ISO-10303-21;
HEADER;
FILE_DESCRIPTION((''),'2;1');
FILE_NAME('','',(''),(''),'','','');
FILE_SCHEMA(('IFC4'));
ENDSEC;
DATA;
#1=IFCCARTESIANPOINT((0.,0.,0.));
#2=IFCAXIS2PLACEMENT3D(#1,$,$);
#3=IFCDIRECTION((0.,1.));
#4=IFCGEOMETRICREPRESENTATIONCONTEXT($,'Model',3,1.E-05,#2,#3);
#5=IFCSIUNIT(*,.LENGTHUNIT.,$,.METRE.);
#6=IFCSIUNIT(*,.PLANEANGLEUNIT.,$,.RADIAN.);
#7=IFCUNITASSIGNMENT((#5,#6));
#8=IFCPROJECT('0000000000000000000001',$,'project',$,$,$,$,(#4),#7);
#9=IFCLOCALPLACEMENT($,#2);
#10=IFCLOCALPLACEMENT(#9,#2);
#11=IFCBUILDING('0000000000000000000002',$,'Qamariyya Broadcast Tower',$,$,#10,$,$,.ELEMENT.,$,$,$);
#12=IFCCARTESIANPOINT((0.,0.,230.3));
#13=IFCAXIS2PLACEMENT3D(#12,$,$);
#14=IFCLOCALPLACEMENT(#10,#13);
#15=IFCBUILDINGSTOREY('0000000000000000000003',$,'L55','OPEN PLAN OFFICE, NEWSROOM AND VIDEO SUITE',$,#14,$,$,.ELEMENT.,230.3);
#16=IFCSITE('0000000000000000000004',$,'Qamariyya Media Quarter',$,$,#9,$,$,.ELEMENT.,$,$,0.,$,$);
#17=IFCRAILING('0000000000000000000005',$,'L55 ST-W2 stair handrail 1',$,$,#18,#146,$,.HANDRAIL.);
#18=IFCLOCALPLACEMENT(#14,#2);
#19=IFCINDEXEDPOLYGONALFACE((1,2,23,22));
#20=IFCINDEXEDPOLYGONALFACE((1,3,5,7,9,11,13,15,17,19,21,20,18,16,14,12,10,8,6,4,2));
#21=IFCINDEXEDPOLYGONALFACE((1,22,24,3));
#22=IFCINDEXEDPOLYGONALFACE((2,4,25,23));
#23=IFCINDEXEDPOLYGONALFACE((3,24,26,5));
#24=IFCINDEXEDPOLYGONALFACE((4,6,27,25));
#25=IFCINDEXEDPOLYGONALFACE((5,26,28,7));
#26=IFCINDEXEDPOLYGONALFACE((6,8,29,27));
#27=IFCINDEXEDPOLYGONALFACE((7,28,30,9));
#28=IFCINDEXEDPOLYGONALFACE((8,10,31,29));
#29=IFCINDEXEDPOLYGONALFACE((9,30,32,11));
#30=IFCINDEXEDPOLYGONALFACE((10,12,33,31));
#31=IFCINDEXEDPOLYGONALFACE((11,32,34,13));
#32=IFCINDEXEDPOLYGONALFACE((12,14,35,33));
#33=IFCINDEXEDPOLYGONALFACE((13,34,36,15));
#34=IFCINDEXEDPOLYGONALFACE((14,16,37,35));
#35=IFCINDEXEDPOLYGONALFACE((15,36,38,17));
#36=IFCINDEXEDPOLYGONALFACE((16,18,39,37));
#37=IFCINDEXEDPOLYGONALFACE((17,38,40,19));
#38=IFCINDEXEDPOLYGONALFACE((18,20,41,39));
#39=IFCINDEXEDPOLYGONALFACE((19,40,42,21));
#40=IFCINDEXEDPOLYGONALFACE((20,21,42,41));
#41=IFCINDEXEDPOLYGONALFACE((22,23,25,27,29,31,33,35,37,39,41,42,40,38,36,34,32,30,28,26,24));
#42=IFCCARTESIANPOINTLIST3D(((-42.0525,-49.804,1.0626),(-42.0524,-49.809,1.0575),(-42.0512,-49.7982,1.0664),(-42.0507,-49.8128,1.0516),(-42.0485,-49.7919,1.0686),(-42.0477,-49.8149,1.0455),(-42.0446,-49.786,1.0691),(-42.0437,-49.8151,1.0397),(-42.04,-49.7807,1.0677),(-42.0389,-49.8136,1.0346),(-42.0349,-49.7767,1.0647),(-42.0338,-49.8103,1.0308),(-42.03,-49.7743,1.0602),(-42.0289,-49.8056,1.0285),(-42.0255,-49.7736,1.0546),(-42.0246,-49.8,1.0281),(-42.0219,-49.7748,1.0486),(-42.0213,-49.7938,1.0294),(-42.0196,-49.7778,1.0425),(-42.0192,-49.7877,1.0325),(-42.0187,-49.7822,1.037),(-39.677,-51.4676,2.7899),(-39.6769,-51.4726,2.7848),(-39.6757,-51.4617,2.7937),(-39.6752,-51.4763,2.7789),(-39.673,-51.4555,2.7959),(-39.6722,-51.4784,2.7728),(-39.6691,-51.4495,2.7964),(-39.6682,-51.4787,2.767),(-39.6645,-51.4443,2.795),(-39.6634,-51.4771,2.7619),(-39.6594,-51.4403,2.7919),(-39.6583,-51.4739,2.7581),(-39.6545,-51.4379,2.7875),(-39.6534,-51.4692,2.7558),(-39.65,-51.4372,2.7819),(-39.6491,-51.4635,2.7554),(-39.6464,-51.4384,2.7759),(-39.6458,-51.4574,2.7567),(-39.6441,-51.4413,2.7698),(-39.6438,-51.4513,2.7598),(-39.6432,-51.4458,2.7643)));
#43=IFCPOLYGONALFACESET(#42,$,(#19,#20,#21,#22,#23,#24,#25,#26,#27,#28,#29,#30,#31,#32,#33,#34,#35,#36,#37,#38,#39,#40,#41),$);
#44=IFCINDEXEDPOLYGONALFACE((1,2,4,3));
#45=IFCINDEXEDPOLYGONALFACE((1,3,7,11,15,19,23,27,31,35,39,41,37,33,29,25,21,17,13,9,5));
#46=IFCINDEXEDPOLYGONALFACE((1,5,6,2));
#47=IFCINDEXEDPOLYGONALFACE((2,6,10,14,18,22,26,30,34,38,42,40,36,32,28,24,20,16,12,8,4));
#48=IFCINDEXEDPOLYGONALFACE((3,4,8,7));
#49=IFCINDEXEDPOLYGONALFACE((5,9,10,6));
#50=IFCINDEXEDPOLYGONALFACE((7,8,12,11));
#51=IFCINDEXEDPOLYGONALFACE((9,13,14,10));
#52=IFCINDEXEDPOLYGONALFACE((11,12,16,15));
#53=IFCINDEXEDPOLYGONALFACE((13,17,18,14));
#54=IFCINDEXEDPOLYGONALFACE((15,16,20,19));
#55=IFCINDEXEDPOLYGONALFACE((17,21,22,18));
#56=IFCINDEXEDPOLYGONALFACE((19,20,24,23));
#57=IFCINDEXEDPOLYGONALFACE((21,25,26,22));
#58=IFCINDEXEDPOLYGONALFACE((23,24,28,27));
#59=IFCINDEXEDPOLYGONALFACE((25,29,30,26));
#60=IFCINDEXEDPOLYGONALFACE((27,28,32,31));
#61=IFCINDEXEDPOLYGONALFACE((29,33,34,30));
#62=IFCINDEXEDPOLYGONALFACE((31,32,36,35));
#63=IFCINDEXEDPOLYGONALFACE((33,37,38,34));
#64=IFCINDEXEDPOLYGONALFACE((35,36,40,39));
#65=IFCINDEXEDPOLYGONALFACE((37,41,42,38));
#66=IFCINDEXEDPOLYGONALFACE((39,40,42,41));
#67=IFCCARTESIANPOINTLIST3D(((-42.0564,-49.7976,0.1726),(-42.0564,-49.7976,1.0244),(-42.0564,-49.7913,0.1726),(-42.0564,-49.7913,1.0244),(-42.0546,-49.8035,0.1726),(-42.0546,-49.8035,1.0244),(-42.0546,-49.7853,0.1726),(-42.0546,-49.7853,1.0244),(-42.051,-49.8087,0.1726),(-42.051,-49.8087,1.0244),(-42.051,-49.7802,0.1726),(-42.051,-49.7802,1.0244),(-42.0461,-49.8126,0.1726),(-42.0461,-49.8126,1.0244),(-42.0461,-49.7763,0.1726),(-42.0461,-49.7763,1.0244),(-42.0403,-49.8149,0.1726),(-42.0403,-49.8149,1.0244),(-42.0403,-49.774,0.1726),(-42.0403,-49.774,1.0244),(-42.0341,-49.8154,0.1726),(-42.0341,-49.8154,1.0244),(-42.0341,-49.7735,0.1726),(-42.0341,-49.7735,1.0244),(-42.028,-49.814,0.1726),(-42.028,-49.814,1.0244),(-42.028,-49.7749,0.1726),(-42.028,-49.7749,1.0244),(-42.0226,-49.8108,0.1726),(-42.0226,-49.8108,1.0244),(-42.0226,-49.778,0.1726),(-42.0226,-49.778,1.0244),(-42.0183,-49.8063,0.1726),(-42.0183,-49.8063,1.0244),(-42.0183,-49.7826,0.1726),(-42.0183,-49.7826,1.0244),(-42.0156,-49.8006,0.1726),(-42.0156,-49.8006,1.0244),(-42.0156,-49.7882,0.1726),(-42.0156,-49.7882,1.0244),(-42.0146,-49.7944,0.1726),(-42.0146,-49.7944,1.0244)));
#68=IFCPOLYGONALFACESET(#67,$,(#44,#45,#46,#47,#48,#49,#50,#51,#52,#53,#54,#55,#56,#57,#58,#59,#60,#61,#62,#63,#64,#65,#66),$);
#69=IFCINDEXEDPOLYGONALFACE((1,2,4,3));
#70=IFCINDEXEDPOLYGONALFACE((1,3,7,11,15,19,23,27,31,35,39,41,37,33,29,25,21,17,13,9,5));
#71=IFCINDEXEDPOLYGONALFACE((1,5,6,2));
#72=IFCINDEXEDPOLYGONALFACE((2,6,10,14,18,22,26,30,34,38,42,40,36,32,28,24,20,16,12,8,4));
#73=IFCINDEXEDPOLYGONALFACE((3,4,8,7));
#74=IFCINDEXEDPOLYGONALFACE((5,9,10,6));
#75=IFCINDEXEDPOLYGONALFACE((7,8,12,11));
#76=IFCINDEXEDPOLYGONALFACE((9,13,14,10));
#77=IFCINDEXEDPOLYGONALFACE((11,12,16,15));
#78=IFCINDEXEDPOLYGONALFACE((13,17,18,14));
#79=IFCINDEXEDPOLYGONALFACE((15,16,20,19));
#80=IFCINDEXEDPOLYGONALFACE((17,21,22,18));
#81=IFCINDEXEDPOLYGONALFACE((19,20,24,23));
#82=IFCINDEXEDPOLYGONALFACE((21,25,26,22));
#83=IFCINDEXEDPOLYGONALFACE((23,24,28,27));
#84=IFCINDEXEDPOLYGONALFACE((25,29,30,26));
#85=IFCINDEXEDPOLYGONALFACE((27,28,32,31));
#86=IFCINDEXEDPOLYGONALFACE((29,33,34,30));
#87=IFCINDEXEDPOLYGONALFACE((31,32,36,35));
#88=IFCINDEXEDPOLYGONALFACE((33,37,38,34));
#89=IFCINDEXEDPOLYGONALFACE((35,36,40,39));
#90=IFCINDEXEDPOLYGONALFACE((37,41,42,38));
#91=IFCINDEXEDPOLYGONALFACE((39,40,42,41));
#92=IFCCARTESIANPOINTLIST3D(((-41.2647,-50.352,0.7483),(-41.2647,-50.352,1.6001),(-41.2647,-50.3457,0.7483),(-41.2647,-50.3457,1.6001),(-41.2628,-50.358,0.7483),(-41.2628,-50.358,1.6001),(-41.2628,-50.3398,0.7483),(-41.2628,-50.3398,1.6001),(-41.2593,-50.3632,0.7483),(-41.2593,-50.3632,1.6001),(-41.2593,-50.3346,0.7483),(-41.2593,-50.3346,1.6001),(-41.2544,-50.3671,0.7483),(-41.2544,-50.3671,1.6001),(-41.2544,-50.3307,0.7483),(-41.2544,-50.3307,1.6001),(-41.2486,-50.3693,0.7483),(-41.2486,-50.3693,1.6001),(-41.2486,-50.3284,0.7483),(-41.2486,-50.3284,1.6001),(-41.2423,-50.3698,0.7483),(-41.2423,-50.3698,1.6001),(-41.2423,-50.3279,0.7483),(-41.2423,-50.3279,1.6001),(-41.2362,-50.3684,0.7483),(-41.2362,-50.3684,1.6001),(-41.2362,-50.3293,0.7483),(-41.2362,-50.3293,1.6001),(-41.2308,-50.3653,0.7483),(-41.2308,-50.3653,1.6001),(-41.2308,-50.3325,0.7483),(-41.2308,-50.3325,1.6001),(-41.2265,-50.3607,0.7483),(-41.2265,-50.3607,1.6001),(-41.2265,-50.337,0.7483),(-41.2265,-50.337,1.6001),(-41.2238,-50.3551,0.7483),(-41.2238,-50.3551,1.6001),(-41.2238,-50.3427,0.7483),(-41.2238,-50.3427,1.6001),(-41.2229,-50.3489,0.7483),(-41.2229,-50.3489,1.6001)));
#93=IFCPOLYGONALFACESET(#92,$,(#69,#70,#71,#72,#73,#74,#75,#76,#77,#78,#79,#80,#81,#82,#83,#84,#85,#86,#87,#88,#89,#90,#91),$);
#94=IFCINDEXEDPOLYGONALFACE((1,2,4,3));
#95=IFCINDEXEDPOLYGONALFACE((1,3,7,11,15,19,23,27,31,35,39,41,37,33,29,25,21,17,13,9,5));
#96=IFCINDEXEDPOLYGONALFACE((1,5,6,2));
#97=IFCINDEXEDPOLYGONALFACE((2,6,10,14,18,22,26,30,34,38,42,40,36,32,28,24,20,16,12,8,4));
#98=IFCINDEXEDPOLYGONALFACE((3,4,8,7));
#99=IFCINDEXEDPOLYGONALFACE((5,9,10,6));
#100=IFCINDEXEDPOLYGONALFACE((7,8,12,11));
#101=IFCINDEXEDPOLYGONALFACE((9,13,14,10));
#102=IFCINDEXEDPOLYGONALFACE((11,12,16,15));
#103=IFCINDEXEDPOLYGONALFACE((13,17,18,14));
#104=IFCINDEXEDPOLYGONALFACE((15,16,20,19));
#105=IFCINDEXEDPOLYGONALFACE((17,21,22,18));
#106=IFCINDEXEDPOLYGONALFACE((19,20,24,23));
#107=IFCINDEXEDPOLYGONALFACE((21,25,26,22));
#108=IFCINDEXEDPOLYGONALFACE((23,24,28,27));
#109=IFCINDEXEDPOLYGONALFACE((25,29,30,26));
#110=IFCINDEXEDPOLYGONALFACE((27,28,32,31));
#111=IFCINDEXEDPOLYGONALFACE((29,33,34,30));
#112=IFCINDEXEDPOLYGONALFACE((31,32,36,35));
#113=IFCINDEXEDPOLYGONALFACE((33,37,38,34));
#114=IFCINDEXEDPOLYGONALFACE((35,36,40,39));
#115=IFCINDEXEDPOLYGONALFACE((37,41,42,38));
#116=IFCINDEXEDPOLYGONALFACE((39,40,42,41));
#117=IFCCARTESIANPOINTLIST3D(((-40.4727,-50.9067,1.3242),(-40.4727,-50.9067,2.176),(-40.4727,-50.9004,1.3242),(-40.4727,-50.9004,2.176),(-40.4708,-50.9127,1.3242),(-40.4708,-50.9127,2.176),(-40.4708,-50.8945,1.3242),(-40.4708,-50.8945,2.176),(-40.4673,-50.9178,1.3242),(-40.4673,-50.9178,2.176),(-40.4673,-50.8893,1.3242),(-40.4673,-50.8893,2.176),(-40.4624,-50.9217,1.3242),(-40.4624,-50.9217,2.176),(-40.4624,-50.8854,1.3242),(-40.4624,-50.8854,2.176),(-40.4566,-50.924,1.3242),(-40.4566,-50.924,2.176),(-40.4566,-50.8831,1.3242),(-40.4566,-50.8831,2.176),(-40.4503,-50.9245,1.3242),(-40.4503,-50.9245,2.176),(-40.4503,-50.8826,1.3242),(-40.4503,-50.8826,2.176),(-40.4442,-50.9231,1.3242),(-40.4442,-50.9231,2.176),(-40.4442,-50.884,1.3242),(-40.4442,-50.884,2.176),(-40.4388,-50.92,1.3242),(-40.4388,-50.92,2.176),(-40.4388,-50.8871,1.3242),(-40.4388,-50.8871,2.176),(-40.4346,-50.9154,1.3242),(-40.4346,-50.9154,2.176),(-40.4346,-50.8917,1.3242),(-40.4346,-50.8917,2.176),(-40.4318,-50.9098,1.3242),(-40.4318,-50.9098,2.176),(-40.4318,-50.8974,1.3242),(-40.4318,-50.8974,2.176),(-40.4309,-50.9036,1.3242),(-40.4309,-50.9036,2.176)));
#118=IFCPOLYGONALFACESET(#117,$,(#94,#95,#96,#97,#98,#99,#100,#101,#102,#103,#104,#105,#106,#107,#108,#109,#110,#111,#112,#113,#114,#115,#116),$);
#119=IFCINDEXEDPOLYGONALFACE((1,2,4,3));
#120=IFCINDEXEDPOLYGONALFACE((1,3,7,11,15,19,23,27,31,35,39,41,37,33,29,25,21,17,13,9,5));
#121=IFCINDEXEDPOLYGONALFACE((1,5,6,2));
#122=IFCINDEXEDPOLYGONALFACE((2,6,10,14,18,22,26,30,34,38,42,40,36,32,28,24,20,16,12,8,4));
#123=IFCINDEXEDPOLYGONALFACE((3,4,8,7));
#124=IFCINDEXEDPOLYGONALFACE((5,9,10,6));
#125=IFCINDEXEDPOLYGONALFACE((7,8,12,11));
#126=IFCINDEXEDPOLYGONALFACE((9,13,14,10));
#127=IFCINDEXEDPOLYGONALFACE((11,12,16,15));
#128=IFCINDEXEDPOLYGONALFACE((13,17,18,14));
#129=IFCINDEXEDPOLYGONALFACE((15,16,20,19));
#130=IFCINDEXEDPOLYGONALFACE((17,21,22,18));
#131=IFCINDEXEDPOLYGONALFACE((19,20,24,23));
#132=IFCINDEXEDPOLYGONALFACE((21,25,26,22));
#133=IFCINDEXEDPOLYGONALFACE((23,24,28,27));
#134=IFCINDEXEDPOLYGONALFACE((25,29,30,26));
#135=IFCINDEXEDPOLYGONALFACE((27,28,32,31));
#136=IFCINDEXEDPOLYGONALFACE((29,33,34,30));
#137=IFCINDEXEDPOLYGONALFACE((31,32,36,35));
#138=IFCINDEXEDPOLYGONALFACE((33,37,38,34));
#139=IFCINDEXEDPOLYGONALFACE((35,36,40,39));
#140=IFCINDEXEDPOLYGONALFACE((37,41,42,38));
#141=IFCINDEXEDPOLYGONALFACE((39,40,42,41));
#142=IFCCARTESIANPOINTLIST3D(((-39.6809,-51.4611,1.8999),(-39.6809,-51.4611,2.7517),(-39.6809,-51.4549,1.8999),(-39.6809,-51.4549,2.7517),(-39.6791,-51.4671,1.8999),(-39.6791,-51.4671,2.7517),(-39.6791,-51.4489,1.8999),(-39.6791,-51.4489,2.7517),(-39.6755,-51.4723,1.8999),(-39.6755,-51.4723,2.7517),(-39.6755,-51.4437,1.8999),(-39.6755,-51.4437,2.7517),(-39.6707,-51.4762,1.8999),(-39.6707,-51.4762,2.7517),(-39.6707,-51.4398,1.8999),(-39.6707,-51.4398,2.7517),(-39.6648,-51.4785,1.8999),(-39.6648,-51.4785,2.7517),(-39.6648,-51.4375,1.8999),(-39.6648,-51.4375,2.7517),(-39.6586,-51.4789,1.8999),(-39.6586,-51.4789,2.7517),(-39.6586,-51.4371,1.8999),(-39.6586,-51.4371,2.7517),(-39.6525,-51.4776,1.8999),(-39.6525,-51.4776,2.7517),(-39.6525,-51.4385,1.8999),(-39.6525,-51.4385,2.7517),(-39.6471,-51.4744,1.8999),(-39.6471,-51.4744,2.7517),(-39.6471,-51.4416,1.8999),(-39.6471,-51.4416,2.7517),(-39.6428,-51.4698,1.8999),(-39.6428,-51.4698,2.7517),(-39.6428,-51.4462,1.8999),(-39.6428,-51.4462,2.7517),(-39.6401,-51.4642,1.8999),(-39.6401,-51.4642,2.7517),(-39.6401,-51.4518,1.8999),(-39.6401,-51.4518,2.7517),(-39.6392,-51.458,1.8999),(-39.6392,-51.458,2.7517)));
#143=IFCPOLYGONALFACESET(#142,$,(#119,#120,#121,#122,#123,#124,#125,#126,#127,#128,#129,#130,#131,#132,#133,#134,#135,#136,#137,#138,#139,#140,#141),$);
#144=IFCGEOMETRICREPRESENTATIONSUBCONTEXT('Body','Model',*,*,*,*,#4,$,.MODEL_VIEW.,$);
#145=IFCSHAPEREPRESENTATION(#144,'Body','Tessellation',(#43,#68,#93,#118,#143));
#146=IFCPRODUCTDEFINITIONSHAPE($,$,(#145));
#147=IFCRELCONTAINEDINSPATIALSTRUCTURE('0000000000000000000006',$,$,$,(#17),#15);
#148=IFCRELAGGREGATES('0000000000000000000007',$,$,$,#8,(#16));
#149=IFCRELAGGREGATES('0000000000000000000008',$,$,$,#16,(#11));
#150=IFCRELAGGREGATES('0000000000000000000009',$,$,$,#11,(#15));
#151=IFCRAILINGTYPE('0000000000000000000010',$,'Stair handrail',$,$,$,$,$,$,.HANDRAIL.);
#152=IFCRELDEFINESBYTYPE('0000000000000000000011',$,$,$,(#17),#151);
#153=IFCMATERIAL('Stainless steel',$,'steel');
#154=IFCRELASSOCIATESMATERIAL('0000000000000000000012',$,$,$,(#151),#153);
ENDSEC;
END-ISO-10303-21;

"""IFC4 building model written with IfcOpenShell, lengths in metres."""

from ifc_helpers import new_model, si_unit, direction, frame, origin, origin_2d, place, context, subcontext, project, spatial, circle, extrude, material, type_object, element, save


model = new_model("IFC4")

# Units and contexts
model_context = context("Model", 3, precision=1e-05, world=origin(), true_north=direction((0.0, 1.0)))
body_context = subcontext(model_context, "Body", "Model", "MODEL_VIEW")
ifc_project = project(units=[si_unit("LENGTHUNIT", "METRE"), si_unit("PLANEANGLEUNIT", "RADIAN")], contexts=[model_context])

# Site, building, storey
site_placement = place(None, origin())
site = spatial("IfcSite", under=ifc_project, at=site_placement, Name="Qamariyya Media Quarter", CompositionType="ELEMENT", RefElevation=0.0)
building_placement = place(site_placement, origin())
building = spatial("IfcBuilding", under=site, at=building_placement, Name="Qamariyya Broadcast Tower", CompositionType="ELEMENT")
storey_placement = place(building_placement, frame((0.0, 0.0, 230.3)))
storey = spatial("IfcBuildingStorey", under=building, at=storey_placement, Name="L55", Description="OPEN PLAN OFFICE, NEWSROOM AND VIDEO SUITE", CompositionType="ELEMENT", Elevation=230.3)

# Railing
ifc_material_1 = material(Name="Stainless steel", Category="steel")
railing_type_1 = type_object("IfcRailingType", Name="Stair handrail", PredefinedType="HANDRAIL", material=ifc_material_1)
railing_1_placement = place(storey_placement, frame((-42.0356, -49.7944, 0.1726)))
element("IfcRailing", 1, at=railing_1_placement, inside=storey, type_object=railing_type_1, Name="L55 ST-W2 stair handrail 1", PredefinedType="HANDRAIL", context=body_context, shape_type="SweptSolid", body=[
    extrude(circle(Radius=0.0239, at=origin_2d()), frame((0.0, 0.0, 0.876), z_axis=(0.703745, -0.492838, 0.511716), x_axis=(0.573632, 0.819113, 0.0)), (0.0, 0.0, 1.0), 3.3755),
    extrude(circle(Radius=0.021, at=origin_2d()), origin(), (0.0, 0.0, 1.0), 0.8518),
    extrude(circle(Radius=0.021, at=origin_2d()), frame((0.7917, -0.5544, 0.5757)), (0.0, 0.0, 1.0), 0.8518),
    extrude(circle(Radius=0.021, at=origin_2d()), frame((1.5837, -1.1091, 1.1516)), (0.0, 0.0, 1.0), 0.8518),
    extrude(circle(Radius=0.021, at=origin_2d()), frame((2.3755, -1.6636, 1.7273)), (0.0, 0.0, 1.0), 0.8518),
])

save(model, "model.ifc")
